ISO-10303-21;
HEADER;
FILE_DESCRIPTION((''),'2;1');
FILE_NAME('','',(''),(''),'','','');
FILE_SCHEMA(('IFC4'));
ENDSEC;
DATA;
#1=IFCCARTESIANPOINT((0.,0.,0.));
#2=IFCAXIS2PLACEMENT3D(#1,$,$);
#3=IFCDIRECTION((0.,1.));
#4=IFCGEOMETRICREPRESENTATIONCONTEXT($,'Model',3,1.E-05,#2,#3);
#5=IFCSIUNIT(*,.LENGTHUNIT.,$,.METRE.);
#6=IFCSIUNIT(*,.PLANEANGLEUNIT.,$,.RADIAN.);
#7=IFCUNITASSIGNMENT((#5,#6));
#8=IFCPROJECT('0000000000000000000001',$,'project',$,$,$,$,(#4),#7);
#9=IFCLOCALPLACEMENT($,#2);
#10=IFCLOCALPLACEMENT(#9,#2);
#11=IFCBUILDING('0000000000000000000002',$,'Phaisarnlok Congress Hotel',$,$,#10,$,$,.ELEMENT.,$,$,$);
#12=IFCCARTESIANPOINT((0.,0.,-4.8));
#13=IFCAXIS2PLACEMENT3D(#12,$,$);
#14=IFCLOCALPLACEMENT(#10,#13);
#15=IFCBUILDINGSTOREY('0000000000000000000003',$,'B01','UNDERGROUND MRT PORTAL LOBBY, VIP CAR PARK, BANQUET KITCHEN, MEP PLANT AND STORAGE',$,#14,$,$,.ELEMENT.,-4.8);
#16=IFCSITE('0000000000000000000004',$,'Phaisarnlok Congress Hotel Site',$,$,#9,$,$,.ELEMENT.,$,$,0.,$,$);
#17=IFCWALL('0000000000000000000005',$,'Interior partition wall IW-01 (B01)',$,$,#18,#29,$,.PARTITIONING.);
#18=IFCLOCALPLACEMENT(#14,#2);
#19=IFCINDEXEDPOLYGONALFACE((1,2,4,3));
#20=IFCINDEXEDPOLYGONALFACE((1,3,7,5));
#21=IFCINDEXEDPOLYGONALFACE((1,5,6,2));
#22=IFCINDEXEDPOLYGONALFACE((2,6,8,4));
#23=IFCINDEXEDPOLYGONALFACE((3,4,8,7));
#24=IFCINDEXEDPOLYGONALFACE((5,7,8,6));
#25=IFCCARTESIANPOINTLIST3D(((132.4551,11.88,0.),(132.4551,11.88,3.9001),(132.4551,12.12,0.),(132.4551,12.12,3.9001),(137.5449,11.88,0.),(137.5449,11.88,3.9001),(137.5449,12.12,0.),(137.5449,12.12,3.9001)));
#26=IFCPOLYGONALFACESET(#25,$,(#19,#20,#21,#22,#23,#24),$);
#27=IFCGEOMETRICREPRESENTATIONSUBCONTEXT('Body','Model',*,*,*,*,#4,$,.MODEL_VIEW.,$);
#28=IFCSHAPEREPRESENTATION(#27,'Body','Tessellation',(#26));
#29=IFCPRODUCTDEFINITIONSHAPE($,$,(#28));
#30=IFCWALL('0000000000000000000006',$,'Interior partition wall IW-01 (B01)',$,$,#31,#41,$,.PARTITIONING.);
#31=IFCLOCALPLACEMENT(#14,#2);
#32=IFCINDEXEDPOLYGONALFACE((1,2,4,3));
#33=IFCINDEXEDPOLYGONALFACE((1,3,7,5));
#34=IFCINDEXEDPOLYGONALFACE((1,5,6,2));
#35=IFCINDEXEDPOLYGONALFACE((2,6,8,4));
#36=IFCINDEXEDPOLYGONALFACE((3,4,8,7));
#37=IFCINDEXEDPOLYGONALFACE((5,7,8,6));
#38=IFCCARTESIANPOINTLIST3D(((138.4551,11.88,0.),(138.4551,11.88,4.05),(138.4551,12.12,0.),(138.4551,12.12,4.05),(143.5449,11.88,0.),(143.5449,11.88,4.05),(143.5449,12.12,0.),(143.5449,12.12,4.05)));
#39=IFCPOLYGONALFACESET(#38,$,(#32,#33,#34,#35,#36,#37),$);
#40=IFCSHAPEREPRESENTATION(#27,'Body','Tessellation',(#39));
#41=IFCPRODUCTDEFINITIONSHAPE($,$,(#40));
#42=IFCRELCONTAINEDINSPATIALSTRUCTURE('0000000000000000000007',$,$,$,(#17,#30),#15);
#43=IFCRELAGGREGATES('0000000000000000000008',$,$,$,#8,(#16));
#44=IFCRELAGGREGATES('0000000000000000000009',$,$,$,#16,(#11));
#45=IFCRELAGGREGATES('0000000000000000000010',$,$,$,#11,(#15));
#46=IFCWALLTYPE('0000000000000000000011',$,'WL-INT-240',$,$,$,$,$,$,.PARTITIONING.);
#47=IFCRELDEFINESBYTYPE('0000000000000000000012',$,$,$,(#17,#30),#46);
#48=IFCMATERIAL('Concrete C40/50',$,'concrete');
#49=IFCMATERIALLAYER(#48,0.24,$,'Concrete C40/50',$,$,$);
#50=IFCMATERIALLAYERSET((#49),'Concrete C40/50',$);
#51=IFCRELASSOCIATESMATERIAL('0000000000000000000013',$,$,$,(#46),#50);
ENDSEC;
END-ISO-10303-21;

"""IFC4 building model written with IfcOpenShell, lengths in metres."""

from ifc_helpers import new_model, si_unit, direction, frame, frame_2d, origin, place, context, subcontext, project, spatial, rectangle, extrude, material, layer, layer_set, type_object, element, save


model = new_model("IFC4")

# Units and contexts
model_context = context("Model", 3, precision=1e-05, world=origin(), true_north=direction((0.0, 1.0)))
body_context = subcontext(model_context, "Body", "Model", "MODEL_VIEW")
ifc_project = project(units=[si_unit("LENGTHUNIT", "METRE"), si_unit("PLANEANGLEUNIT", "RADIAN")], contexts=[model_context])

# Site, building, storey
site_placement = place(None, origin())
site = spatial("IfcSite", under=ifc_project, at=site_placement, Name="Phaisarnlok Congress Hotel Site", CompositionType="ELEMENT", RefElevation=0.0)
building_placement = place(site_placement, origin())
building = spatial("IfcBuilding", under=site, at=building_placement, Name="Phaisarnlok Congress Hotel", CompositionType="ELEMENT")
storey_placement = place(building_placement, frame((0.0, 0.0, -4.8)))
storey = spatial("IfcBuildingStorey", under=building, at=storey_placement, Name="B01", Description="UNDERGROUND MRT PORTAL LOBBY, VIP CAR PARK, BANQUET KITCHEN, MEP PLANT AND STORAGE", CompositionType="ELEMENT", Elevation=-4.8)

# Shared definitions
ifc_material_1 = material(Name="Concrete C40/50", Category="concrete")

# Walls
ifc_layer_1 = layer(ifc_material_1, 0.24, Name="Concrete C40/50")
ifc_layer_set_1 = layer_set([ifc_layer_1], Name="Concrete C40/50")
wall_type_1 = type_object("IfcWallType", Name="WL-INT-240", PredefinedType="PARTITIONING", material=ifc_layer_set_1)
wall_1_placement = place(storey_placement, frame((132.4551, 12.0, 0.0), z_axis=(0.0, 0.0, 1.0), x_axis=(1.0, 0.0, 0.0)))
element("IfcWall", 1, at=wall_1_placement, inside=storey, type_object=wall_type_1, Name="Interior partition wall IW-01 (B01)", PredefinedType="PARTITIONING", context=body_context, shape_type="SweptSolid", body=[
    extrude(rectangle(XDim=5.0898, YDim=0.24, at=frame_2d((2.5449, 0.0))), origin(), (0.0, 0.0, 1.0), 3.9001),
])
wall_2_placement = place(storey_placement, frame((138.4551, 12.0, 0.0), z_axis=(0.0, 0.0, 1.0), x_axis=(1.0, 0.0, 0.0)))
element("IfcWall", 2, at=wall_2_placement, inside=storey, type_object=wall_type_1, Name="Interior partition wall IW-01 (B01)", PredefinedType="PARTITIONING", context=body_context, shape_type="SweptSolid", body=[
    extrude(rectangle(XDim=5.0898, YDim=0.24, at=frame_2d((2.5449, 0.0))), origin(), (0.0, 0.0, 1.0), 4.05),
])

save(model, "model.ifc")
